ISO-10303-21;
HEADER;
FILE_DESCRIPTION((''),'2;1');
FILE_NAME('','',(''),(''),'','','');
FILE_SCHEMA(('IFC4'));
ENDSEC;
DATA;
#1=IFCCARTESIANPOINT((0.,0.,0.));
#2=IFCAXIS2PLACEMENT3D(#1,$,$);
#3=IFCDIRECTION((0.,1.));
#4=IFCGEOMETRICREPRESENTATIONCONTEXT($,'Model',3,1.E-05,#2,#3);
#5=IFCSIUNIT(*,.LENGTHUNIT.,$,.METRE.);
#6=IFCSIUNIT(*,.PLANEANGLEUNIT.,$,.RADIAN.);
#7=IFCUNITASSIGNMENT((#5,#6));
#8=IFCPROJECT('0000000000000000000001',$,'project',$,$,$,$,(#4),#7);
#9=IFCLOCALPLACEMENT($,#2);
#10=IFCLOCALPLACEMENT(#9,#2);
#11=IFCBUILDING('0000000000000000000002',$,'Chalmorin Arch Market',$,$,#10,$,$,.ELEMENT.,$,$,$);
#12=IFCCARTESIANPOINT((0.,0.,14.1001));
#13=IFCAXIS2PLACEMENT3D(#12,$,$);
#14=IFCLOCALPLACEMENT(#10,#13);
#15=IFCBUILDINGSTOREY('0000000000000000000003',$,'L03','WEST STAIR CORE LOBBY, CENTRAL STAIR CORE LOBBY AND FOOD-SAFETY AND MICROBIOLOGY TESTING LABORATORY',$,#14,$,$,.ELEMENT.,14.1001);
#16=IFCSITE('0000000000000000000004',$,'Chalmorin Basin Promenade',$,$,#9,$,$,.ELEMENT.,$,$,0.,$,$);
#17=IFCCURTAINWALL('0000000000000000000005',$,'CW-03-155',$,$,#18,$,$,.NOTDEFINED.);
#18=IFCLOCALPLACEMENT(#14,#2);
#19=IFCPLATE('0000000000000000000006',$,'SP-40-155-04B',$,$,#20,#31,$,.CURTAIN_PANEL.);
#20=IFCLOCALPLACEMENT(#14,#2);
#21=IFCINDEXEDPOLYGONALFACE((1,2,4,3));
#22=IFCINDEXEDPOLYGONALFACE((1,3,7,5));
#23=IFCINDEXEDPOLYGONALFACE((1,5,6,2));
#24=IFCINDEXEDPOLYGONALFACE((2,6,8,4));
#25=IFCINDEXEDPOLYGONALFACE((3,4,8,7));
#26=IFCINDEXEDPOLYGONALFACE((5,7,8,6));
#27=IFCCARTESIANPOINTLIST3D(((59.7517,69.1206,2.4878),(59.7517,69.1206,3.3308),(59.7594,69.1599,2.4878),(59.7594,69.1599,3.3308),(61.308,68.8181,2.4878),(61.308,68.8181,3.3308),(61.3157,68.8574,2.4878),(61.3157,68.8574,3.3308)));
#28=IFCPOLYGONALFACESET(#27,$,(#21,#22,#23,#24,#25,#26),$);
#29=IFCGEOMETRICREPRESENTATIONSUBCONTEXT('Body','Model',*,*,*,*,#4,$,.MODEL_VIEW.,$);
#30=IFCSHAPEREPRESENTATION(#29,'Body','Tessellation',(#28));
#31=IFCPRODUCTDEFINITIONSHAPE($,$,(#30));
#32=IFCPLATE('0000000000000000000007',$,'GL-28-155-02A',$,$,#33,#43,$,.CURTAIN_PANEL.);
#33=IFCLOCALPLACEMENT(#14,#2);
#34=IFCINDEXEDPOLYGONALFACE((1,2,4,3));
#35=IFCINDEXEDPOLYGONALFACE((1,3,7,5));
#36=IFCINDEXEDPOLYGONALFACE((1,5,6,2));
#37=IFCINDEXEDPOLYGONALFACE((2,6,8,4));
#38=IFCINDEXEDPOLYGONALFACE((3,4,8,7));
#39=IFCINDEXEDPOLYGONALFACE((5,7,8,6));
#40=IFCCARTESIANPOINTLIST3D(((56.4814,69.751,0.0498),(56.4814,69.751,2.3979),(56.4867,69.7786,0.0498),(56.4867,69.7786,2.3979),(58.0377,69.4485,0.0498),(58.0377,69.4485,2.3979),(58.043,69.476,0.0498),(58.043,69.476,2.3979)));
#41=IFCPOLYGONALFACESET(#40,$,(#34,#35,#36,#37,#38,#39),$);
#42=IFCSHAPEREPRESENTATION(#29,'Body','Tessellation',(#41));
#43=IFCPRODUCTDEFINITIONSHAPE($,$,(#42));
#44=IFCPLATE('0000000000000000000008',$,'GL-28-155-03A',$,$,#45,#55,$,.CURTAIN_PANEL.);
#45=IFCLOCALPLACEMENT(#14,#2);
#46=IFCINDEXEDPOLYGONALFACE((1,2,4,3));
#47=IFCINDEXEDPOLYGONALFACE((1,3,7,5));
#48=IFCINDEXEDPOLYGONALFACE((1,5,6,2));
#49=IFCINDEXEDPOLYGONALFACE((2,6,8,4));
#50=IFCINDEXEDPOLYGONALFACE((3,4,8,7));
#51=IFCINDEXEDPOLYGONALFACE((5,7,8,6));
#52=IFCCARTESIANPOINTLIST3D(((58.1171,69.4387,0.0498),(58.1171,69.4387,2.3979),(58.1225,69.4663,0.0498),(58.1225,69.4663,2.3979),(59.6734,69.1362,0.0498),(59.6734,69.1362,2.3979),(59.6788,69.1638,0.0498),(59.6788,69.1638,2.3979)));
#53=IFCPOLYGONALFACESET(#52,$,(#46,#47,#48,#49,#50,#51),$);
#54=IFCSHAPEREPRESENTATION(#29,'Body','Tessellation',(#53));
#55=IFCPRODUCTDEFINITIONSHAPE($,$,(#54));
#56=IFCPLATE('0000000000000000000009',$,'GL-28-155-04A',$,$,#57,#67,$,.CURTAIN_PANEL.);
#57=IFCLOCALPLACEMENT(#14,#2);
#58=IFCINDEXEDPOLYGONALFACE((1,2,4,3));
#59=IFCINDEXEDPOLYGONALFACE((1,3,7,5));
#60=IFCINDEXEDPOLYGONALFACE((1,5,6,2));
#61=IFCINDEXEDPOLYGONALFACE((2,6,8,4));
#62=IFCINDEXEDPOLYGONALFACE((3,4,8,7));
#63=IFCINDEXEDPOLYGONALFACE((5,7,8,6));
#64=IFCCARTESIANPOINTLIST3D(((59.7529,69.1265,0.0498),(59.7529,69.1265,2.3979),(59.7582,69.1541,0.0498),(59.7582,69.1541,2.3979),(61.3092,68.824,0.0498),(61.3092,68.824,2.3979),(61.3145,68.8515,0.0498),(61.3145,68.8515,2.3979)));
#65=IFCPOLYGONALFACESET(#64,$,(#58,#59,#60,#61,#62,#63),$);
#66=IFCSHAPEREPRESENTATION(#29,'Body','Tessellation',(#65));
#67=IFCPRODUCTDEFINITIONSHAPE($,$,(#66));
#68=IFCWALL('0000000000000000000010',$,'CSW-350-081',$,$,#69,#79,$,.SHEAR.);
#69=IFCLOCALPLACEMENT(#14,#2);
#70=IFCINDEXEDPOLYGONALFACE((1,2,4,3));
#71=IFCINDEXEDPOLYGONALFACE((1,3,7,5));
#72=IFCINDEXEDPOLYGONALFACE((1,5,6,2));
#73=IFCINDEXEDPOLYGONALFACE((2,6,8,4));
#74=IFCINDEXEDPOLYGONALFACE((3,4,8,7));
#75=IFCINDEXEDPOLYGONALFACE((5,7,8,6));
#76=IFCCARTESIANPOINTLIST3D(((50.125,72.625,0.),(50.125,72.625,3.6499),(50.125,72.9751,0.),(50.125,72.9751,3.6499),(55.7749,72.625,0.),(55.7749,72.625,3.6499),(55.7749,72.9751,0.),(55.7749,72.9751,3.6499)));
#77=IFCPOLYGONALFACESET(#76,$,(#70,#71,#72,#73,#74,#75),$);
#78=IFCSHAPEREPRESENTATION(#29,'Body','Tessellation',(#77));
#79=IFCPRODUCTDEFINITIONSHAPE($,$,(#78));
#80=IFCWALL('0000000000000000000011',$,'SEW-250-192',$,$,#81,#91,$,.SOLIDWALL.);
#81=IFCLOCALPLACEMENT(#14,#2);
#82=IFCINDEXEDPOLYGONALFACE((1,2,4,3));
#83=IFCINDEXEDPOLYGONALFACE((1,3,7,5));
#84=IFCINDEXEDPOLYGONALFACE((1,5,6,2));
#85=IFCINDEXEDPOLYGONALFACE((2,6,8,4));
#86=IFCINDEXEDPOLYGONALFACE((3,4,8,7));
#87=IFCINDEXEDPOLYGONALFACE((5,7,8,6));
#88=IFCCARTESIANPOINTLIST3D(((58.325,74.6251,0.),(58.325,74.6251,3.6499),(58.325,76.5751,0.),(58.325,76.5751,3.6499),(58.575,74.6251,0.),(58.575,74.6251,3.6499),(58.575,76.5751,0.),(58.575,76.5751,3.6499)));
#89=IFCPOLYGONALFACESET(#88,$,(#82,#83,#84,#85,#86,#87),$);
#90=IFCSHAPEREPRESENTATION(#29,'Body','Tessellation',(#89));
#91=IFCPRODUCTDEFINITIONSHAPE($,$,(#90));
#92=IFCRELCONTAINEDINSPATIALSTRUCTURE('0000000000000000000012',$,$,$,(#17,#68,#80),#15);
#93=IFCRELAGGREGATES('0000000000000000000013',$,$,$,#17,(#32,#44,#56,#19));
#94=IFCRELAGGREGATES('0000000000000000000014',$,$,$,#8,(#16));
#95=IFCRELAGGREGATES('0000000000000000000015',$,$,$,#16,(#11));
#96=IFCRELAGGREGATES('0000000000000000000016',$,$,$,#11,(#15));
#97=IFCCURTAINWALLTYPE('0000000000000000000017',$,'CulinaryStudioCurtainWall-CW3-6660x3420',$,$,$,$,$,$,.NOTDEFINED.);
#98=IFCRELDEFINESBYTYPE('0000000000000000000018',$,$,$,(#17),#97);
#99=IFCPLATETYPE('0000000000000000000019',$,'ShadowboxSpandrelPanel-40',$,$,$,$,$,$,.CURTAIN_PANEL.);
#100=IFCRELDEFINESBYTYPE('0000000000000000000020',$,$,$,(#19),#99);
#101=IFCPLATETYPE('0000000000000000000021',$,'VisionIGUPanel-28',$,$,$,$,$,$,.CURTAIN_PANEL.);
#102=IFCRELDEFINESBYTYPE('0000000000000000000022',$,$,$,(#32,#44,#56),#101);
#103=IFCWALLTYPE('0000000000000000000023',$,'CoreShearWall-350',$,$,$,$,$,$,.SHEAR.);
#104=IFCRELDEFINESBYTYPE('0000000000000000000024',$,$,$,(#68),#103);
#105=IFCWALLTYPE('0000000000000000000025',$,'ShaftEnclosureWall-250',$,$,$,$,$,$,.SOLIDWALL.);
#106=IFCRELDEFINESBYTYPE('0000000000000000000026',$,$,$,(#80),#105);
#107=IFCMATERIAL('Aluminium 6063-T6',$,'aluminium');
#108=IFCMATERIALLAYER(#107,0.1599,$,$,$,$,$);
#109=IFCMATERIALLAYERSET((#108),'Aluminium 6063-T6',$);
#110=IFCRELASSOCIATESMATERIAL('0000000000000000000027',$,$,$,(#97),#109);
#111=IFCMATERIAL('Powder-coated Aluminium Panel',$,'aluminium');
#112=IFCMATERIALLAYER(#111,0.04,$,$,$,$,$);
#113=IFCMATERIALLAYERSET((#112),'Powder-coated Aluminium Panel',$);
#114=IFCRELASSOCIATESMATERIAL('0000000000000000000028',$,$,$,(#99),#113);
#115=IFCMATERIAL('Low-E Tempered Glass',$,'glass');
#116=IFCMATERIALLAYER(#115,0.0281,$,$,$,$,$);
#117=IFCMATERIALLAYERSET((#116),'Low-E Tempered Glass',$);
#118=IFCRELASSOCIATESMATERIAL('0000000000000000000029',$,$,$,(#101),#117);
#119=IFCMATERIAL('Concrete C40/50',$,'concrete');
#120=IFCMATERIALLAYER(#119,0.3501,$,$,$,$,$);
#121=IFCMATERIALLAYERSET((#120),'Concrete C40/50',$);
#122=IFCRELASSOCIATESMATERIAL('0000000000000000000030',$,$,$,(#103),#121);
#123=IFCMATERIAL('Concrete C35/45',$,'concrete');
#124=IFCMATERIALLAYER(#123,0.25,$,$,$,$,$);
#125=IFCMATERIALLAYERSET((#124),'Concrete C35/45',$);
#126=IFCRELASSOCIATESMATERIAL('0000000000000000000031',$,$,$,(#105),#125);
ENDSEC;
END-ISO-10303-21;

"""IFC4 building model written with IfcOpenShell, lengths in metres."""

from ifc_helpers import new_model, si_unit, direction, frame, frame_2d, origin, origin_2d, place, context, subcontext, project, spatial, rectangle, extrude, material, layer, layer_set, type_object, element, aggregate, save


model = new_model("IFC4")

# Units and contexts
model_context = context("Model", 3, precision=1e-05, world=origin(), true_north=direction((0.0, 1.0)))
body_context = subcontext(model_context, "Body", "Model", "MODEL_VIEW")
ifc_project = project(units=[si_unit("LENGTHUNIT", "METRE"), si_unit("PLANEANGLEUNIT", "RADIAN")], contexts=[model_context])

# Site, building, storey
site_placement = place(None, origin())
site = spatial("IfcSite", under=ifc_project, at=site_placement, Name="Chalmorin Basin Promenade", CompositionType="ELEMENT", RefElevation=0.0)
building_placement = place(site_placement, origin())
building = spatial("IfcBuilding", under=site, at=building_placement, Name="Chalmorin Arch Market", CompositionType="ELEMENT")
storey_placement = place(building_placement, frame((0.0, 0.0, 14.1001)))
storey = spatial("IfcBuildingStorey", under=building, at=storey_placement, Name="L03", Description="WEST STAIR CORE LOBBY, CENTRAL STAIR CORE LOBBY AND FOOD-SAFETY AND MICROBIOLOGY TESTING LABORATORY", CompositionType="ELEMENT", Elevation=14.1001)

# Shared definitions
ifc_material_1 = material(Name="Concrete C40/50", Category="concrete")

# Curtain wall
ifc_material_2 = material(Name="Aluminium 6063-T6", Category="aluminium")
ifc_layer_1 = layer(ifc_material_2, 0.1599)
ifc_layer_set_1 = layer_set([ifc_layer_1], Name="Aluminium 6063-T6")
curtain_wall_type = type_object("IfcCurtainWallType", Name="CulinaryStudioCurtainWall-CW3-6660x3420", PredefinedType="NOTDEFINED", material=ifc_layer_set_1)
curtain_wall_placement = place(storey_placement, origin())
curtain_wall = element("IfcCurtainWall", 1, at=curtain_wall_placement, inside=storey, type_object=curtain_wall_type, Name="CW-03-155", PredefinedType="NOTDEFINED")

# Plates
ifc_material_3 = material(Name="Powder-coated Aluminium Panel", Category="aluminium")
ifc_layer_2 = layer(ifc_material_3, 0.04)
ifc_layer_set_2 = layer_set([ifc_layer_2], Name="Powder-coated Aluminium Panel")
plate_type_1 = type_object("IfcPlateType", Name="ShadowboxSpandrelPanel-40", PredefinedType="CURTAIN_PANEL", material=ifc_layer_set_2)
plate_1_placement = place(storey_placement, frame((60.5337, 68.989, 2.4878), z_axis=(0.0, 0.0, 1.0), x_axis=(0.981627, -0.190809, 0.0)))
plate_1 = element("IfcPlate", 2, at=plate_1_placement, type_object=plate_type_1, Name="SP-40-155-04B", PredefinedType="CURTAIN_PANEL", context=body_context, shape_type="SweptSolid", body=[
    extrude(rectangle(XDim=1.5854, YDim=0.04, at=origin_2d()), origin(), (0.0, 0.0, 1.0), 0.843),
])
ifc_material_4 = material(Name="Low-E Tempered Glass", Category="glass")
ifc_layer_3 = layer(ifc_material_4, 0.0281)
ifc_layer_set_3 = layer_set([ifc_layer_3], Name="Low-E Tempered Glass")
plate_type_2 = type_object("IfcPlateType", Name="VisionIGUPanel-28", PredefinedType="CURTAIN_PANEL", material=ifc_layer_set_3)
plate_2_placement = place(storey_placement, frame((57.2622, 69.6135, 0.0498), z_axis=(0.0, 0.0, 1.0), x_axis=(0.981627, -0.190809, 0.0)))
plate_2 = element("IfcPlate", 3, at=plate_2_placement, type_object=plate_type_2, Name="GL-28-155-02A", PredefinedType="CURTAIN_PANEL", context=body_context, shape_type="SweptSolid", body=[
    extrude(rectangle(XDim=1.5854, YDim=0.0281, at=origin_2d()), origin(), (0.0, 0.0, 1.0), 2.3481),
])
plate_3_placement = place(storey_placement, frame((58.8979, 69.3013, 0.0498), z_axis=(0.0, 0.0, 1.0), x_axis=(0.981627, -0.190809, 0.0)))
plate_3 = element("IfcPlate", 4, at=plate_3_placement, type_object=plate_type_2, Name="GL-28-155-03A", PredefinedType="CURTAIN_PANEL", context=body_context, shape_type="SweptSolid", body=[
    extrude(rectangle(XDim=1.5854, YDim=0.0281, at=origin_2d()), origin(), (0.0, 0.0, 1.0), 2.3481),
])
plate_4_placement = place(storey_placement, frame((60.5337, 68.989, 0.0498), z_axis=(0.0, 0.0, 1.0), x_axis=(0.981627, -0.190809, 0.0)))
plate_4 = element("IfcPlate", 5, at=plate_4_placement, type_object=plate_type_2, Name="GL-28-155-04A", PredefinedType="CURTAIN_PANEL", context=body_context, shape_type="SweptSolid", body=[
    extrude(rectangle(XDim=1.5854, YDim=0.0281, at=origin_2d()), origin(), (0.0, 0.0, 1.0), 2.3481),
])
aggregate(curtain_wall, [plate_2, plate_3, plate_4, plate_1])

# Wall
ifc_layer_4 = layer(ifc_material_1, 0.3501)
ifc_layer_set_4 = layer_set([ifc_layer_4], Name="Concrete C40/50")
wall_type_1 = type_object("IfcWallType", Name="CoreShearWall-350", PredefinedType="SHEAR", material=ifc_layer_set_4)
wall_1_placement = place(storey_placement, frame((55.7749, 72.8, 0.0), z_axis=(0.0, 0.0, 1.0), x_axis=(-1.0, 0.0, 0.0)))
element("IfcWall", 6, at=wall_1_placement, inside=storey, type_object=wall_type_1, Name="CSW-350-081", PredefinedType="SHEAR", context=body_context, shape_type="SweptSolid", body=[
    extrude(rectangle(XDim=5.6499, YDim=0.3501, at=frame_2d((2.825, 0.0))), origin(), (0.0, 0.0, 1.0), 3.6499),
])

# Shared definitions
ifc_material_5 = material(Name="Concrete C35/45", Category="concrete")
ifc_layer_5 = layer(ifc_material_5, 0.25)
ifc_layer_set_5 = layer_set([ifc_layer_5], Name="Concrete C35/45")
wall_type_2 = type_object("IfcWallType", Name="ShaftEnclosureWall-250", PredefinedType="SOLIDWALL", material=ifc_layer_set_5)

# Wall
wall_2_placement = place(storey_placement, frame((58.45, 74.625, 0.0), z_axis=(0.0, 0.0, 1.0), x_axis=(0.0, 1.0, 0.0)))
element("IfcWall", 7, at=wall_2_placement, inside=storey, type_object=wall_type_2, Name="SEW-250-192", PredefinedType="SOLIDWALL", context=body_context, shape_type="SweptSolid", body=[
    extrude(rectangle(XDim=1.95, YDim=0.25, at=frame_2d((0.9751, 0.0))), origin(), (0.0, 0.0, 1.0), 3.6499),
])

save(model, "model.ifc")
